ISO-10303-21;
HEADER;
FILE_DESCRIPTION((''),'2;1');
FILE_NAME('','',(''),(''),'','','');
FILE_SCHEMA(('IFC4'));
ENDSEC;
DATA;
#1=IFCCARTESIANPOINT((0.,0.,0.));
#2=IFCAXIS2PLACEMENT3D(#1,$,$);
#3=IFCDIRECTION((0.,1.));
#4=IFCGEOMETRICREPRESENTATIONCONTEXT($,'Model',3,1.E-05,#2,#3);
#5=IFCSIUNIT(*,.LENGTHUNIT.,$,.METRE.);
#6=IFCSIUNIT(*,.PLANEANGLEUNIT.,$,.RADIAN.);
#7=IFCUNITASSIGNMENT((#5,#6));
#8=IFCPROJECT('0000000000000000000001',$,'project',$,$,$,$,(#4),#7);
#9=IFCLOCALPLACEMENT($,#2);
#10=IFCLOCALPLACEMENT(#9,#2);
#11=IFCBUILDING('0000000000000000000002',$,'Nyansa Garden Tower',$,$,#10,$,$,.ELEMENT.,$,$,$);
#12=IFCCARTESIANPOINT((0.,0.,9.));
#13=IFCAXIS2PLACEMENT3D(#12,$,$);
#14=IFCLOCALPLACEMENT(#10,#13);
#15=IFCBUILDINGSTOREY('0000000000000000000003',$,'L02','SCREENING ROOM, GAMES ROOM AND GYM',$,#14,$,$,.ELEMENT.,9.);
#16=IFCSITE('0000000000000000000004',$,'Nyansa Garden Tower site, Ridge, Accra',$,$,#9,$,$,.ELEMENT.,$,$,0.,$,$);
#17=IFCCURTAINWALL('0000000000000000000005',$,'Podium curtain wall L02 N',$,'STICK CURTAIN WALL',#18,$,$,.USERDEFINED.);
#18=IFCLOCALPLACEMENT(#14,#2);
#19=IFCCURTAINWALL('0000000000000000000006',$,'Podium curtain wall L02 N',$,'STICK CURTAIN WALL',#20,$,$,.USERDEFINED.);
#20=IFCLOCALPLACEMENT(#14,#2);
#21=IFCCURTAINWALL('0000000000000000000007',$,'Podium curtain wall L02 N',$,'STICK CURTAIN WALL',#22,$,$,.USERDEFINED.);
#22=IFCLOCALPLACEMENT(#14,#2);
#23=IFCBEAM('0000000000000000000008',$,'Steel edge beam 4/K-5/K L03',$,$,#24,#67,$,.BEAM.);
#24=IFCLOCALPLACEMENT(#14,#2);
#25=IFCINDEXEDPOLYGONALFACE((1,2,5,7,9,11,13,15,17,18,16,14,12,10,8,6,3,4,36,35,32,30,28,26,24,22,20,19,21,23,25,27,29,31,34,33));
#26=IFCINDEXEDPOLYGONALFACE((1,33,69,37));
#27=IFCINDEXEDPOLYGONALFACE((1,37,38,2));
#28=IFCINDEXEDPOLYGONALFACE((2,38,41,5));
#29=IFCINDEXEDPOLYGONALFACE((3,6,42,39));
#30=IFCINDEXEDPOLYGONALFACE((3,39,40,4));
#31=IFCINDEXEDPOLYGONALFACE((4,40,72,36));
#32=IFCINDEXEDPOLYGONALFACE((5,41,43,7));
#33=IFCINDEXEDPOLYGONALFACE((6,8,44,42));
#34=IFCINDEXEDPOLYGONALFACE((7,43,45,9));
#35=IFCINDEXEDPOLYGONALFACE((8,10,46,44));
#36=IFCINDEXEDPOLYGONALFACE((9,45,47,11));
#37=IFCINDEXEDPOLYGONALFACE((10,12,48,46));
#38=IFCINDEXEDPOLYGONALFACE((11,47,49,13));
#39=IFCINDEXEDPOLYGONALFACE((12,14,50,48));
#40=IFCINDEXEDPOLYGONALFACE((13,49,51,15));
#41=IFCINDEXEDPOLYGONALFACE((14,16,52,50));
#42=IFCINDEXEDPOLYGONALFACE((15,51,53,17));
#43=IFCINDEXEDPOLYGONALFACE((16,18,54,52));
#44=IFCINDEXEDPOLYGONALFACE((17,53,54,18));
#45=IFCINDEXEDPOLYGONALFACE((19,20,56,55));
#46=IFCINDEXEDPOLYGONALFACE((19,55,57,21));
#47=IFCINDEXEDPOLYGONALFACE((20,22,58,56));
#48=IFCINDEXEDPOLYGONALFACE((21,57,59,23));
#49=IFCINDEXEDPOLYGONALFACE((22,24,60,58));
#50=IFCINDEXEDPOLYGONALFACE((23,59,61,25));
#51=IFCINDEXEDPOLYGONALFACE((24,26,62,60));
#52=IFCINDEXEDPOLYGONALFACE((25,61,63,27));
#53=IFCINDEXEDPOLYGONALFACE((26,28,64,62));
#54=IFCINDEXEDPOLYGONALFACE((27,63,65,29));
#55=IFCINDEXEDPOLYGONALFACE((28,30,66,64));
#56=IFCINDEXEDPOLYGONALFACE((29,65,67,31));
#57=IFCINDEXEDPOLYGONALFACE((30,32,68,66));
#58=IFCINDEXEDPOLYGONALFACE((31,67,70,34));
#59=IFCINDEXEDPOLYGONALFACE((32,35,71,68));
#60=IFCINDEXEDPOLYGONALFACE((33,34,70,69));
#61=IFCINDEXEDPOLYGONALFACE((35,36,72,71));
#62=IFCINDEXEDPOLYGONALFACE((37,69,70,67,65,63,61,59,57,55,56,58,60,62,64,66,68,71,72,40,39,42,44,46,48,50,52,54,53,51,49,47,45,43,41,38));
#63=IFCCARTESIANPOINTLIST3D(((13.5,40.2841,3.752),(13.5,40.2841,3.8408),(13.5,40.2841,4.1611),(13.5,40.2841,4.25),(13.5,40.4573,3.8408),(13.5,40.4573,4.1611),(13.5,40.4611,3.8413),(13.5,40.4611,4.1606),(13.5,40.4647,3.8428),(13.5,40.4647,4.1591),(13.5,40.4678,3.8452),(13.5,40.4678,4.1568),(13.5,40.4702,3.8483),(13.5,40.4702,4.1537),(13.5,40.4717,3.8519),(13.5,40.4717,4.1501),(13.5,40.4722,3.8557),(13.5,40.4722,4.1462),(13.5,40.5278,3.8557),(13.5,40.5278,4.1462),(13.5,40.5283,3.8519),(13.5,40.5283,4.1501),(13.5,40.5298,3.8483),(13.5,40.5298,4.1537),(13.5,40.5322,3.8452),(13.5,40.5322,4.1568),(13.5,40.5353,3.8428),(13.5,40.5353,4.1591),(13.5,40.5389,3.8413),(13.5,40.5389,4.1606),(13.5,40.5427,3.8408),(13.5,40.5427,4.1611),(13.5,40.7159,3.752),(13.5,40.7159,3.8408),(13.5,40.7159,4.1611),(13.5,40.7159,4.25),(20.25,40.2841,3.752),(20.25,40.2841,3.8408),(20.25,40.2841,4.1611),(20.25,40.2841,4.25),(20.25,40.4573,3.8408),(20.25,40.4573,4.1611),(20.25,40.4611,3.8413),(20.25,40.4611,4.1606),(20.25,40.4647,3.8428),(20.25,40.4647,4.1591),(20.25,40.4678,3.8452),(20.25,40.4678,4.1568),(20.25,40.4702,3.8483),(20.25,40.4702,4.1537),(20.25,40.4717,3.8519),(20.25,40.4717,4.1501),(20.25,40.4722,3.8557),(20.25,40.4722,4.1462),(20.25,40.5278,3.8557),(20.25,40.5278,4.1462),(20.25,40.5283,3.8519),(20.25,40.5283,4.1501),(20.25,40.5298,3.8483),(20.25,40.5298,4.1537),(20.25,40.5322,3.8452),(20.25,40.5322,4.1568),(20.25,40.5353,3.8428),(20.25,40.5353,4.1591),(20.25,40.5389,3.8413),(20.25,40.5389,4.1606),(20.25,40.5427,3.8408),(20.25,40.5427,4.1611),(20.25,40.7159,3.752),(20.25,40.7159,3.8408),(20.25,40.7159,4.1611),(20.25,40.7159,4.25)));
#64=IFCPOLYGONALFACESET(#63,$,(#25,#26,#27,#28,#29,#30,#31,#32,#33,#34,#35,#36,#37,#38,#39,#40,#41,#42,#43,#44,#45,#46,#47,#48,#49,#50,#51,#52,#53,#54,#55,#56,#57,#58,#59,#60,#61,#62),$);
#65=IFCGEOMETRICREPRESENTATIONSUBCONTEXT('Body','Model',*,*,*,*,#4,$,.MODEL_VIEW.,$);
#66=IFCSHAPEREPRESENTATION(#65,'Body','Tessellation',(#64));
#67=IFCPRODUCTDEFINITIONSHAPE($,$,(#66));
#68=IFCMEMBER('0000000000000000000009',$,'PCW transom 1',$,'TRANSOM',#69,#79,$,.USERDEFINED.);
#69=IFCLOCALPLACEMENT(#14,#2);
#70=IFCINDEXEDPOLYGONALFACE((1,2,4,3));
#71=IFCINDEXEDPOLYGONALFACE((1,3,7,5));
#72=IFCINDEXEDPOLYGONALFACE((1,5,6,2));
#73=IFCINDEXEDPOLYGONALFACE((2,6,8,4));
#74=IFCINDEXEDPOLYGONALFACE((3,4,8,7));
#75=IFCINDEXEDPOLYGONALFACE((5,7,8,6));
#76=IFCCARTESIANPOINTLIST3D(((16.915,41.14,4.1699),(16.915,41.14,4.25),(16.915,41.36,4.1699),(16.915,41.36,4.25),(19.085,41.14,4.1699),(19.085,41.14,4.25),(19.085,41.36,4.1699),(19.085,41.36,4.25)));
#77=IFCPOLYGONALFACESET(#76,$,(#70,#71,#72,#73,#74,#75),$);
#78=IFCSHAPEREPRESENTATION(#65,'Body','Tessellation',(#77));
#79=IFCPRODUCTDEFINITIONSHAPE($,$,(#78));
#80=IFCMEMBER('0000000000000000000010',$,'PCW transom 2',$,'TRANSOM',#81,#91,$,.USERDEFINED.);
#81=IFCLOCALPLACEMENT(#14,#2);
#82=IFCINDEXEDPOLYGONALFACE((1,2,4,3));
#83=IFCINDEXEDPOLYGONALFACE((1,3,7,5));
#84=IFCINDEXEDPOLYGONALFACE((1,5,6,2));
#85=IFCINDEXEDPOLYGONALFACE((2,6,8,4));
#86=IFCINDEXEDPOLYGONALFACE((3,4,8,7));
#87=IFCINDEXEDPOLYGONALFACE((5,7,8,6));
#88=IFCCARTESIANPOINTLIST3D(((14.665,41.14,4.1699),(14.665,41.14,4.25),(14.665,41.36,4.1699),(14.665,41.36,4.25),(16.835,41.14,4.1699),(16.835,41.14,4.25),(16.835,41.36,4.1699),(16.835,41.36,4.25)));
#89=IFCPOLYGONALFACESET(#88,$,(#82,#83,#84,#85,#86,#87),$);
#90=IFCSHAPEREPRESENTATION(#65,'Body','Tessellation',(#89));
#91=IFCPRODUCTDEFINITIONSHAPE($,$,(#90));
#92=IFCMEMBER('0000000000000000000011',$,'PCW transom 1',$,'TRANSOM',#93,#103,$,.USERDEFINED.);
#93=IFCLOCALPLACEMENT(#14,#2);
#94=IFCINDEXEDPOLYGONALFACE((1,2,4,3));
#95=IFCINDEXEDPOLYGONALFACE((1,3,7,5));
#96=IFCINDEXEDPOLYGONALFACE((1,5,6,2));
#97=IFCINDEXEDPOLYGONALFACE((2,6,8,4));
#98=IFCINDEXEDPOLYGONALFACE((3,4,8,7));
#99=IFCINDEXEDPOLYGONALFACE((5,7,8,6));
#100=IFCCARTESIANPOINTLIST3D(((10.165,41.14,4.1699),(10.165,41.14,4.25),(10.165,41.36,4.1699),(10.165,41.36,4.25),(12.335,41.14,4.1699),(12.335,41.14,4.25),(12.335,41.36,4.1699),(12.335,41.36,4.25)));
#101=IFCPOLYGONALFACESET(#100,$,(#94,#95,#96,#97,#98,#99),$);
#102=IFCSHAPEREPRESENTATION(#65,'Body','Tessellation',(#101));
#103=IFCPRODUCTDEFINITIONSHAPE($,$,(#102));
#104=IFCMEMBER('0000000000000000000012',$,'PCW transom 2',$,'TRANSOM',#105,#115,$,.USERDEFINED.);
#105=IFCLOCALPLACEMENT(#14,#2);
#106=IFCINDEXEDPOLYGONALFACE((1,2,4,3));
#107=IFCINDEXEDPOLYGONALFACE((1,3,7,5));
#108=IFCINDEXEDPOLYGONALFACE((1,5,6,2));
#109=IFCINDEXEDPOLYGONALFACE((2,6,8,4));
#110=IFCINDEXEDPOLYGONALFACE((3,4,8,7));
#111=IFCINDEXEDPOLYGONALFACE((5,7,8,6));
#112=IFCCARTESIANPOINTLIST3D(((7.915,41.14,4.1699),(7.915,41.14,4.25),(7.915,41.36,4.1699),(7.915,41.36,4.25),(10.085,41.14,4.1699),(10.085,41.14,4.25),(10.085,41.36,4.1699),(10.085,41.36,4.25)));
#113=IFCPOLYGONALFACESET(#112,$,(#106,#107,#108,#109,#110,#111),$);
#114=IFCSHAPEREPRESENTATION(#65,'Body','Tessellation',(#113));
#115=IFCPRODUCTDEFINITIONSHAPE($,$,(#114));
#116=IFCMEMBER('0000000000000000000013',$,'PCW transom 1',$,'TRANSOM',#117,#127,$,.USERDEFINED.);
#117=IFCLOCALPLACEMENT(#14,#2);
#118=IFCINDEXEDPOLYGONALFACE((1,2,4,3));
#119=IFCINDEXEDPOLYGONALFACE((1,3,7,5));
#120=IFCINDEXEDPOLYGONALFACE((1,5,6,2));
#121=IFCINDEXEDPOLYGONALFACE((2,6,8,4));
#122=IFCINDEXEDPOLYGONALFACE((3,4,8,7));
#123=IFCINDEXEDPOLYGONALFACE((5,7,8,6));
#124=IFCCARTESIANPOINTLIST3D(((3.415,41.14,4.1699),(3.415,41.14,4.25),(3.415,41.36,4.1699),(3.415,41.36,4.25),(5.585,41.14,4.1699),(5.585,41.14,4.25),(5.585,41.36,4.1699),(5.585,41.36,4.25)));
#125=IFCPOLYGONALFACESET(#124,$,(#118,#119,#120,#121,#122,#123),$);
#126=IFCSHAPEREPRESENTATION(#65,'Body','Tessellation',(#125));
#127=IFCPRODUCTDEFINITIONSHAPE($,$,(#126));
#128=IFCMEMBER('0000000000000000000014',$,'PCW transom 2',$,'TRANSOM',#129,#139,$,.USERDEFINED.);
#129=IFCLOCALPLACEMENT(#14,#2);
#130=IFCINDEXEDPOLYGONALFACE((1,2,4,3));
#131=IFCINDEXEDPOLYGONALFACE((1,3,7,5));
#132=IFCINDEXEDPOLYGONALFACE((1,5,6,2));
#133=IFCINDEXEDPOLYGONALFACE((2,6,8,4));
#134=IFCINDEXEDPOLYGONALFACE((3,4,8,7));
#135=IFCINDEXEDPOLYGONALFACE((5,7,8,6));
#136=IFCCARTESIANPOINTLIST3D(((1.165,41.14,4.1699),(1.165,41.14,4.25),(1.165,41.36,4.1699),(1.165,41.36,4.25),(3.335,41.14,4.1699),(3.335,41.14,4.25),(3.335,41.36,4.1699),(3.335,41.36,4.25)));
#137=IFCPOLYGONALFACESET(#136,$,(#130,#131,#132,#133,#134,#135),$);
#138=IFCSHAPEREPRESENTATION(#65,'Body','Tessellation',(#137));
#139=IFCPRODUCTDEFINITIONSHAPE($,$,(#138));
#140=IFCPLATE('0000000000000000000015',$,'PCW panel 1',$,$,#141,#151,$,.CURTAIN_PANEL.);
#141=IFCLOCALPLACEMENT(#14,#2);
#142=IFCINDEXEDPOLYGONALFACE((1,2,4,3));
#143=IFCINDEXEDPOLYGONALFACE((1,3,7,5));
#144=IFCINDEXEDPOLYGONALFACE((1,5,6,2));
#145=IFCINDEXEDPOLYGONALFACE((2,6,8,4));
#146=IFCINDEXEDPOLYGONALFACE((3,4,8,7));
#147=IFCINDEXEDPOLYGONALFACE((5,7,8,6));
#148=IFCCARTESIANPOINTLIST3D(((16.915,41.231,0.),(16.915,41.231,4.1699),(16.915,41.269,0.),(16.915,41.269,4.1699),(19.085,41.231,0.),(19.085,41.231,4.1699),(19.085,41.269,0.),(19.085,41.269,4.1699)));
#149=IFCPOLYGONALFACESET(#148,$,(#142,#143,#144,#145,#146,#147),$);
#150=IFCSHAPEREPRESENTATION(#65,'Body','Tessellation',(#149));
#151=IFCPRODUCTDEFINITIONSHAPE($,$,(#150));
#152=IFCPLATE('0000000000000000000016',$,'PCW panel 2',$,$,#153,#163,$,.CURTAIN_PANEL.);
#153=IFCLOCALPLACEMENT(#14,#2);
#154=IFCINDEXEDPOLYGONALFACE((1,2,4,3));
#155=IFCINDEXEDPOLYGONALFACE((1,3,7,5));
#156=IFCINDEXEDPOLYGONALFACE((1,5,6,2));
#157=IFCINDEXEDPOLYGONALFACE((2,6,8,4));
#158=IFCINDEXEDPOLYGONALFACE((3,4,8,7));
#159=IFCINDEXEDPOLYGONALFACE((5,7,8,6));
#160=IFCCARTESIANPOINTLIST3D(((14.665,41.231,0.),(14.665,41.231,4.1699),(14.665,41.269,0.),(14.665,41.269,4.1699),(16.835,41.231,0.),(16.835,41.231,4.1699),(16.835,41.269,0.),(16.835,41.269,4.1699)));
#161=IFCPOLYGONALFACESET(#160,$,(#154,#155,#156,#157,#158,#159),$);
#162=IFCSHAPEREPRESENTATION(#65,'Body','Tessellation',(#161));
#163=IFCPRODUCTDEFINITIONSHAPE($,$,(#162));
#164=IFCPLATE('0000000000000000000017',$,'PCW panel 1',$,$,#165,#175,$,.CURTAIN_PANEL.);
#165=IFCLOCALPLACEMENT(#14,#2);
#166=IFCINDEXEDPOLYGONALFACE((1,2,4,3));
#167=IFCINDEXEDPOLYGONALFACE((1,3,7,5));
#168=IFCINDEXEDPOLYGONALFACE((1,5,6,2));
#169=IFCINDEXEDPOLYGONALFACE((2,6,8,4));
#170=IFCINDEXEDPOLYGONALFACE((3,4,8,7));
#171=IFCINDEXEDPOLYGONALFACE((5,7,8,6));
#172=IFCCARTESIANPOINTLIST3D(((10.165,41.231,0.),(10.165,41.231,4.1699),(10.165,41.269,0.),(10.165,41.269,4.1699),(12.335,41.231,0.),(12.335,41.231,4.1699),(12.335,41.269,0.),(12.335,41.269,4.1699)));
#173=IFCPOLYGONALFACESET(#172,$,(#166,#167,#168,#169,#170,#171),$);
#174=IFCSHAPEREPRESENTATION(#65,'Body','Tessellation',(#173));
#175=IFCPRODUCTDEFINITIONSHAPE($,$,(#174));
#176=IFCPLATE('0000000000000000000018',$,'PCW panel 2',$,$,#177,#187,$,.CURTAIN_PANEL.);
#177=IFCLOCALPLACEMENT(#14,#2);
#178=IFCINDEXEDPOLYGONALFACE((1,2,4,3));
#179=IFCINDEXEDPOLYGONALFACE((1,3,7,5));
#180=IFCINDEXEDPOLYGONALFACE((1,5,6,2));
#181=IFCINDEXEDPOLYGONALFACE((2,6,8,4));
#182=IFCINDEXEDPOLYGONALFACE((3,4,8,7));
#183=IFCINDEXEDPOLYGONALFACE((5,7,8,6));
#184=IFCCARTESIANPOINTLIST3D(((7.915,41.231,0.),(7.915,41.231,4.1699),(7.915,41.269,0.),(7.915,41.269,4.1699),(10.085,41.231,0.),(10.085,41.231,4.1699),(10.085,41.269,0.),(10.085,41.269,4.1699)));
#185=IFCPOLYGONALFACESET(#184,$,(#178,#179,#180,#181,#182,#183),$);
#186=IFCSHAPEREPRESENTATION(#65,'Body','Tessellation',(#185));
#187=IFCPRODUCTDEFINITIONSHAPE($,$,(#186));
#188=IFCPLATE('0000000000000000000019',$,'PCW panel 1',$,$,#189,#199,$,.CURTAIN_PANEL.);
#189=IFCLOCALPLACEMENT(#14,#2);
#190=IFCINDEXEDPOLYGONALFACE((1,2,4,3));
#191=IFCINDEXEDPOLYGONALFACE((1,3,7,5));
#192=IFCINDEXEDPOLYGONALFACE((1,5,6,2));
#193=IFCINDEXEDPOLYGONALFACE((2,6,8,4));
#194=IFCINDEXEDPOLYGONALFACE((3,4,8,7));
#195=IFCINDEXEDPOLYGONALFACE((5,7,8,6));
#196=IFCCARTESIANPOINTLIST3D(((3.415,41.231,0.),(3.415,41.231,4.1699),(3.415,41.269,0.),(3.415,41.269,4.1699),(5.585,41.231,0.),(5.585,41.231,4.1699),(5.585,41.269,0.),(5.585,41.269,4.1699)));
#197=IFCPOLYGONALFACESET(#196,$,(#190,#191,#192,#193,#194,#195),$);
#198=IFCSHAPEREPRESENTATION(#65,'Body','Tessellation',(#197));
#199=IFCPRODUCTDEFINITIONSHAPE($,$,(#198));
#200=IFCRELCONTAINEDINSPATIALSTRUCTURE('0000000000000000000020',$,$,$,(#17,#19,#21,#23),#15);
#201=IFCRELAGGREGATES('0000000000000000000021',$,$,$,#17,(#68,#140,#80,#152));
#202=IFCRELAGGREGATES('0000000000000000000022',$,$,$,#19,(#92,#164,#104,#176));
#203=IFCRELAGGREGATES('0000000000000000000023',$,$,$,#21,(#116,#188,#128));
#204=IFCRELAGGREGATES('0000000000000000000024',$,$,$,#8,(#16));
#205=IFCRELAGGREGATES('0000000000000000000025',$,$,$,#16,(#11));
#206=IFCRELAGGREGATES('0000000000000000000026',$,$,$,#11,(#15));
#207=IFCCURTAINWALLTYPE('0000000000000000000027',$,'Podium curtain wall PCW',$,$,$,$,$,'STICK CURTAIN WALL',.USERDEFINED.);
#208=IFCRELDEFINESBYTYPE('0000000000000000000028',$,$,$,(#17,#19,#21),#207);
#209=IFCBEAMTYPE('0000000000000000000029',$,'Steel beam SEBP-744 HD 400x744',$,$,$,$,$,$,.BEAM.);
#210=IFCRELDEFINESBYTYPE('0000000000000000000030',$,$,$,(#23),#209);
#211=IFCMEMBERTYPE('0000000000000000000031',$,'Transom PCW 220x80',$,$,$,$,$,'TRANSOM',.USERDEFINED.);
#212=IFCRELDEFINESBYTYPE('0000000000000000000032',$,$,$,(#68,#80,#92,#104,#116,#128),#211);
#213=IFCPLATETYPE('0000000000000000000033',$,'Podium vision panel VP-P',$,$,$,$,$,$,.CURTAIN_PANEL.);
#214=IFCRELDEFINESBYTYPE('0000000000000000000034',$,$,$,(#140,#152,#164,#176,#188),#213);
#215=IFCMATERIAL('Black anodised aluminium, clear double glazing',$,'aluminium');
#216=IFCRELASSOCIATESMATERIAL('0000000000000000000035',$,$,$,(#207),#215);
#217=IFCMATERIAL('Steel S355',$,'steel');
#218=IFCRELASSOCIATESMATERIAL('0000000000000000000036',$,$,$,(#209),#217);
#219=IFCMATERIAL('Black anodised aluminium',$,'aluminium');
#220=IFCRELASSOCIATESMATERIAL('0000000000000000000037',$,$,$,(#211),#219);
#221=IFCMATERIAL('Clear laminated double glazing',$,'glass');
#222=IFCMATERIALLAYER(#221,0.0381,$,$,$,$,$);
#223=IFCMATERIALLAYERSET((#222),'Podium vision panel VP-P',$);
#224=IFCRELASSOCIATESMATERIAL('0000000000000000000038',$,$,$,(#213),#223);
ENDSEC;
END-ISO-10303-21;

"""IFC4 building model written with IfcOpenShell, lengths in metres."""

from ifc_helpers import new_model, si_unit, direction, frame, origin, origin_2d, place, context, subcontext, project, spatial, rectangle, i_section, extrude, material, layer, layer_set, material_profile, profile_set, type_object, element, aggregate, save


model = new_model("IFC4")

# Units and contexts
model_context = context("Model", 3, precision=1e-05, world=origin(), true_north=direction((0.0, 1.0)))
body_context = subcontext(model_context, "Body", "Model", "MODEL_VIEW")
ifc_project = project(units=[si_unit("LENGTHUNIT", "METRE"), si_unit("PLANEANGLEUNIT", "RADIAN")], contexts=[model_context])

# Site, building, storey
site_placement = place(None, origin())
site = spatial("IfcSite", under=ifc_project, at=site_placement, Name="Nyansa Garden Tower site, Ridge, Accra", CompositionType="ELEMENT", RefElevation=0.0)
building_placement = place(site_placement, origin())
building = spatial("IfcBuilding", under=site, at=building_placement, Name="Nyansa Garden Tower", CompositionType="ELEMENT")
storey_placement = place(building_placement, frame((0.0, 0.0, 9.0)))
storey = spatial("IfcBuildingStorey", under=building, at=storey_placement, Name="L02", Description="SCREENING ROOM, GAMES ROOM AND GYM", CompositionType="ELEMENT", Elevation=9.0)

# Curtain walls
ifc_material_1 = material(Name="Black anodised aluminium, clear double glazing", Category="aluminium")
curtain_wall_type = type_object("IfcCurtainWallType", Name="Podium curtain wall PCW", ElementType="STICK CURTAIN WALL", PredefinedType="USERDEFINED", material=ifc_material_1)
curtain_wall_1_placement = place(storey_placement, origin())
curtain_wall_1 = element("IfcCurtainWall", 1, at=curtain_wall_1_placement, inside=storey, type_object=curtain_wall_type, Name="Podium curtain wall L02 N", ObjectType="STICK CURTAIN WALL", PredefinedType="USERDEFINED")
curtain_wall_2_placement = place(storey_placement, origin())
curtain_wall_2 = element("IfcCurtainWall", 2, at=curtain_wall_2_placement, inside=storey, type_object=curtain_wall_type, Name="Podium curtain wall L02 N", ObjectType="STICK CURTAIN WALL", PredefinedType="USERDEFINED")
curtain_wall_3_placement = place(storey_placement, origin())
curtain_wall_3 = element("IfcCurtainWall", 3, at=curtain_wall_3_placement, inside=storey, type_object=curtain_wall_type, Name="Podium curtain wall L02 N", ObjectType="STICK CURTAIN WALL", PredefinedType="USERDEFINED")

# Beam
ifc_material_2 = material(Name="Steel S355", Category="steel")
ifc_material_profile_1 = material_profile(ifc_material_2, i_section(OverallWidth=0.4319, OverallDepth=0.498, WebThickness=0.0557, FlangeThickness=0.0889, FilletRadius=0.0149, at=origin_2d()), Name="HD 400x744")
ifc_profile_set_1 = profile_set([ifc_material_profile_1], Name="Steel S355")
beam_type_1 = type_object("IfcBeamType", Name="Steel beam SEBP-744 HD 400x744", PredefinedType="BEAM", material=ifc_profile_set_1)
for number, where, z_axis, x_axis, name in (
    (4, (13.5, 40.5, 4.001), (1.0, 0.0, 0.0), (0.0, 1.0, 0.0), "Steel edge beam 4/K-5/K L03"),
):
    element("IfcBeam", number, at=place(storey_placement, frame(where, z_axis=z_axis, x_axis=x_axis)), inside=storey, type_object=beam_type_1, Name=name, PredefinedType="BEAM", context=body_context, shape_type="SweptSolid", body=[
        extrude(i_section(OverallWidth=0.4319, OverallDepth=0.498, WebThickness=0.0557, FlangeThickness=0.0889, FilletRadius=0.0149, at=origin_2d()), origin(), (0.0, 0.0, 1.0), 6.75),
    ])

# Members
ifc_material_3 = material(Name="Black anodised aluminium", Category="aluminium")
ifc_material_profile_2 = material_profile(ifc_material_3, rectangle(XDim=0.22, YDim=0.0801, at=origin_2d()), Name="Transom 220x80")
ifc_profile_set_2 = profile_set([ifc_material_profile_2], Name="Black anodised aluminium")
member_type_1 = type_object("IfcMemberType", Name="Transom PCW 220x80", ElementType="TRANSOM", PredefinedType="USERDEFINED", material=ifc_profile_set_2)
member_1_placement = place(storey_placement, frame((19.085, 41.25, 4.21), z_axis=(-1.0, 0.0, 0.0), x_axis=(0.0, -1.0, 0.0)))
member_1 = element("IfcMember", 5, at=member_1_placement, type_object=member_type_1, Name="PCW transom 1", ObjectType="TRANSOM", PredefinedType="USERDEFINED", context=body_context, shape_type="SweptSolid", body=[
    extrude(rectangle(XDim=0.22, YDim=0.0801, at=origin_2d()), origin(), (0.0, 0.0, 1.0), 2.1699),
])
member_2_placement = place(storey_placement, frame((16.835, 41.25, 4.21), z_axis=(-1.0, 0.0, 0.0), x_axis=(0.0, -1.0, 0.0)))
member_2 = element("IfcMember", 6, at=member_2_placement, type_object=member_type_1, Name="PCW transom 2", ObjectType="TRANSOM", PredefinedType="USERDEFINED", context=body_context, shape_type="SweptSolid", body=[
    extrude(rectangle(XDim=0.22, YDim=0.0801, at=origin_2d()), origin(), (0.0, 0.0, 1.0), 2.1699),
])
member_3_placement = place(storey_placement, frame((12.335, 41.25, 4.21), z_axis=(-1.0, 0.0, 0.0), x_axis=(0.0, -1.0, 0.0)))
member_3 = element("IfcMember", 7, at=member_3_placement, type_object=member_type_1, Name="PCW transom 1", ObjectType="TRANSOM", PredefinedType="USERDEFINED", context=body_context, shape_type="SweptSolid", body=[
    extrude(rectangle(XDim=0.22, YDim=0.0801, at=origin_2d()), origin(), (0.0, 0.0, 1.0), 2.1699),
])
member_4_placement = place(storey_placement, frame((10.085, 41.25, 4.21), z_axis=(-1.0, 0.0, 0.0), x_axis=(0.0, -1.0, 0.0)))
member_4 = element("IfcMember", 8, at=member_4_placement, type_object=member_type_1, Name="PCW transom 2", ObjectType="TRANSOM", PredefinedType="USERDEFINED", context=body_context, shape_type="SweptSolid", body=[
    extrude(rectangle(XDim=0.22, YDim=0.0801, at=origin_2d()), origin(), (0.0, 0.0, 1.0), 2.1699),
])
member_5_placement = place(storey_placement, frame((5.585, 41.25, 4.21), z_axis=(-1.0, 0.0, 0.0), x_axis=(0.0, -1.0, 0.0)))
member_5 = element("IfcMember", 9, at=member_5_placement, type_object=member_type_1, Name="PCW transom 1", ObjectType="TRANSOM", PredefinedType="USERDEFINED", context=body_context, shape_type="SweptSolid", body=[
    extrude(rectangle(XDim=0.22, YDim=0.0801, at=origin_2d()), origin(), (0.0, 0.0, 1.0), 2.1699),
])
member_6_placement = place(storey_placement, frame((3.335, 41.25, 4.21), z_axis=(-1.0, 0.0, 0.0), x_axis=(0.0, -1.0, 0.0)))
member_6 = element("IfcMember", 10, at=member_6_placement, type_object=member_type_1, Name="PCW transom 2", ObjectType="TRANSOM", PredefinedType="USERDEFINED", context=body_context, shape_type="SweptSolid", body=[
    extrude(rectangle(XDim=0.22, YDim=0.0801, at=origin_2d()), origin(), (0.0, 0.0, 1.0), 2.1699),
])

# Plates
ifc_material_4 = material(Name="Clear laminated double glazing", Category="glass")
ifc_layer = layer(ifc_material_4, 0.0381)
ifc_layer_set = layer_set([ifc_layer], Name="Podium vision panel VP-P")
plate_type = type_object("IfcPlateType", Name="Podium vision panel VP-P", PredefinedType="CURTAIN_PANEL", material=ifc_layer_set)
plate_1_placement = place(storey_placement, frame((18.0, 41.25, 0.0), z_axis=(0.0, 0.0, 1.0), x_axis=(-1.0, 0.0, 0.0)))
plate_1 = element("IfcPlate", 11, at=plate_1_placement, type_object=plate_type, Name="PCW panel 1", PredefinedType="CURTAIN_PANEL", context=body_context, shape_type="SweptSolid", body=[
    extrude(rectangle(XDim=2.1699, YDim=0.0381, at=origin_2d()), origin(), (0.0, 0.0, 1.0), 4.1699),
])
plate_2_placement = place(storey_placement, frame((15.75, 41.25, 0.0), z_axis=(0.0, 0.0, 1.0), x_axis=(-1.0, 0.0, 0.0)))
plate_2 = element("IfcPlate", 12, at=plate_2_placement, type_object=plate_type, Name="PCW panel 2", PredefinedType="CURTAIN_PANEL", context=body_context, shape_type="SweptSolid", body=[
    extrude(rectangle(XDim=2.1699, YDim=0.0381, at=origin_2d()), origin(), (0.0, 0.0, 1.0), 4.1699),
])
aggregate(curtain_wall_1, [member_1, plate_1, member_2, plate_2])
plate_3_placement = place(storey_placement, frame((11.25, 41.25, 0.0), z_axis=(0.0, 0.0, 1.0), x_axis=(-1.0, 0.0, 0.0)))
plate_3 = element("IfcPlate", 13, at=plate_3_placement, type_object=plate_type, Name="PCW panel 1", PredefinedType="CURTAIN_PANEL", context=body_context, shape_type="SweptSolid", body=[
    extrude(rectangle(XDim=2.1699, YDim=0.0381, at=origin_2d()), origin(), (0.0, 0.0, 1.0), 4.1699),
])
plate_4_placement = place(storey_placement, frame((9.0, 41.25, 0.0), z_axis=(0.0, 0.0, 1.0), x_axis=(-1.0, 0.0, 0.0)))
plate_4 = element("IfcPlate", 14, at=plate_4_placement, type_object=plate_type, Name="PCW panel 2", PredefinedType="CURTAIN_PANEL", context=body_context, shape_type="SweptSolid", body=[
    extrude(rectangle(XDim=2.1699, YDim=0.0381, at=origin_2d()), origin(), (0.0, 0.0, 1.0), 4.1699),
])
aggregate(curtain_wall_2, [member_3, plate_3, member_4, plate_4])
plate_5_placement = place(storey_placement, frame((4.5, 41.25, 0.0), z_axis=(0.0, 0.0, 1.0), x_axis=(-1.0, 0.0, 0.0)))
plate_5 = element("IfcPlate", 15, at=plate_5_placement, type_object=plate_type, Name="PCW panel 1", PredefinedType="CURTAIN_PANEL", context=body_context, shape_type="SweptSolid", body=[
    extrude(rectangle(XDim=2.1699, YDim=0.0381, at=origin_2d()), origin(), (0.0, 0.0, 1.0), 4.1699),
])
aggregate(curtain_wall_3, [member_5, plate_5, member_6])

save(model, "model.ifc")
